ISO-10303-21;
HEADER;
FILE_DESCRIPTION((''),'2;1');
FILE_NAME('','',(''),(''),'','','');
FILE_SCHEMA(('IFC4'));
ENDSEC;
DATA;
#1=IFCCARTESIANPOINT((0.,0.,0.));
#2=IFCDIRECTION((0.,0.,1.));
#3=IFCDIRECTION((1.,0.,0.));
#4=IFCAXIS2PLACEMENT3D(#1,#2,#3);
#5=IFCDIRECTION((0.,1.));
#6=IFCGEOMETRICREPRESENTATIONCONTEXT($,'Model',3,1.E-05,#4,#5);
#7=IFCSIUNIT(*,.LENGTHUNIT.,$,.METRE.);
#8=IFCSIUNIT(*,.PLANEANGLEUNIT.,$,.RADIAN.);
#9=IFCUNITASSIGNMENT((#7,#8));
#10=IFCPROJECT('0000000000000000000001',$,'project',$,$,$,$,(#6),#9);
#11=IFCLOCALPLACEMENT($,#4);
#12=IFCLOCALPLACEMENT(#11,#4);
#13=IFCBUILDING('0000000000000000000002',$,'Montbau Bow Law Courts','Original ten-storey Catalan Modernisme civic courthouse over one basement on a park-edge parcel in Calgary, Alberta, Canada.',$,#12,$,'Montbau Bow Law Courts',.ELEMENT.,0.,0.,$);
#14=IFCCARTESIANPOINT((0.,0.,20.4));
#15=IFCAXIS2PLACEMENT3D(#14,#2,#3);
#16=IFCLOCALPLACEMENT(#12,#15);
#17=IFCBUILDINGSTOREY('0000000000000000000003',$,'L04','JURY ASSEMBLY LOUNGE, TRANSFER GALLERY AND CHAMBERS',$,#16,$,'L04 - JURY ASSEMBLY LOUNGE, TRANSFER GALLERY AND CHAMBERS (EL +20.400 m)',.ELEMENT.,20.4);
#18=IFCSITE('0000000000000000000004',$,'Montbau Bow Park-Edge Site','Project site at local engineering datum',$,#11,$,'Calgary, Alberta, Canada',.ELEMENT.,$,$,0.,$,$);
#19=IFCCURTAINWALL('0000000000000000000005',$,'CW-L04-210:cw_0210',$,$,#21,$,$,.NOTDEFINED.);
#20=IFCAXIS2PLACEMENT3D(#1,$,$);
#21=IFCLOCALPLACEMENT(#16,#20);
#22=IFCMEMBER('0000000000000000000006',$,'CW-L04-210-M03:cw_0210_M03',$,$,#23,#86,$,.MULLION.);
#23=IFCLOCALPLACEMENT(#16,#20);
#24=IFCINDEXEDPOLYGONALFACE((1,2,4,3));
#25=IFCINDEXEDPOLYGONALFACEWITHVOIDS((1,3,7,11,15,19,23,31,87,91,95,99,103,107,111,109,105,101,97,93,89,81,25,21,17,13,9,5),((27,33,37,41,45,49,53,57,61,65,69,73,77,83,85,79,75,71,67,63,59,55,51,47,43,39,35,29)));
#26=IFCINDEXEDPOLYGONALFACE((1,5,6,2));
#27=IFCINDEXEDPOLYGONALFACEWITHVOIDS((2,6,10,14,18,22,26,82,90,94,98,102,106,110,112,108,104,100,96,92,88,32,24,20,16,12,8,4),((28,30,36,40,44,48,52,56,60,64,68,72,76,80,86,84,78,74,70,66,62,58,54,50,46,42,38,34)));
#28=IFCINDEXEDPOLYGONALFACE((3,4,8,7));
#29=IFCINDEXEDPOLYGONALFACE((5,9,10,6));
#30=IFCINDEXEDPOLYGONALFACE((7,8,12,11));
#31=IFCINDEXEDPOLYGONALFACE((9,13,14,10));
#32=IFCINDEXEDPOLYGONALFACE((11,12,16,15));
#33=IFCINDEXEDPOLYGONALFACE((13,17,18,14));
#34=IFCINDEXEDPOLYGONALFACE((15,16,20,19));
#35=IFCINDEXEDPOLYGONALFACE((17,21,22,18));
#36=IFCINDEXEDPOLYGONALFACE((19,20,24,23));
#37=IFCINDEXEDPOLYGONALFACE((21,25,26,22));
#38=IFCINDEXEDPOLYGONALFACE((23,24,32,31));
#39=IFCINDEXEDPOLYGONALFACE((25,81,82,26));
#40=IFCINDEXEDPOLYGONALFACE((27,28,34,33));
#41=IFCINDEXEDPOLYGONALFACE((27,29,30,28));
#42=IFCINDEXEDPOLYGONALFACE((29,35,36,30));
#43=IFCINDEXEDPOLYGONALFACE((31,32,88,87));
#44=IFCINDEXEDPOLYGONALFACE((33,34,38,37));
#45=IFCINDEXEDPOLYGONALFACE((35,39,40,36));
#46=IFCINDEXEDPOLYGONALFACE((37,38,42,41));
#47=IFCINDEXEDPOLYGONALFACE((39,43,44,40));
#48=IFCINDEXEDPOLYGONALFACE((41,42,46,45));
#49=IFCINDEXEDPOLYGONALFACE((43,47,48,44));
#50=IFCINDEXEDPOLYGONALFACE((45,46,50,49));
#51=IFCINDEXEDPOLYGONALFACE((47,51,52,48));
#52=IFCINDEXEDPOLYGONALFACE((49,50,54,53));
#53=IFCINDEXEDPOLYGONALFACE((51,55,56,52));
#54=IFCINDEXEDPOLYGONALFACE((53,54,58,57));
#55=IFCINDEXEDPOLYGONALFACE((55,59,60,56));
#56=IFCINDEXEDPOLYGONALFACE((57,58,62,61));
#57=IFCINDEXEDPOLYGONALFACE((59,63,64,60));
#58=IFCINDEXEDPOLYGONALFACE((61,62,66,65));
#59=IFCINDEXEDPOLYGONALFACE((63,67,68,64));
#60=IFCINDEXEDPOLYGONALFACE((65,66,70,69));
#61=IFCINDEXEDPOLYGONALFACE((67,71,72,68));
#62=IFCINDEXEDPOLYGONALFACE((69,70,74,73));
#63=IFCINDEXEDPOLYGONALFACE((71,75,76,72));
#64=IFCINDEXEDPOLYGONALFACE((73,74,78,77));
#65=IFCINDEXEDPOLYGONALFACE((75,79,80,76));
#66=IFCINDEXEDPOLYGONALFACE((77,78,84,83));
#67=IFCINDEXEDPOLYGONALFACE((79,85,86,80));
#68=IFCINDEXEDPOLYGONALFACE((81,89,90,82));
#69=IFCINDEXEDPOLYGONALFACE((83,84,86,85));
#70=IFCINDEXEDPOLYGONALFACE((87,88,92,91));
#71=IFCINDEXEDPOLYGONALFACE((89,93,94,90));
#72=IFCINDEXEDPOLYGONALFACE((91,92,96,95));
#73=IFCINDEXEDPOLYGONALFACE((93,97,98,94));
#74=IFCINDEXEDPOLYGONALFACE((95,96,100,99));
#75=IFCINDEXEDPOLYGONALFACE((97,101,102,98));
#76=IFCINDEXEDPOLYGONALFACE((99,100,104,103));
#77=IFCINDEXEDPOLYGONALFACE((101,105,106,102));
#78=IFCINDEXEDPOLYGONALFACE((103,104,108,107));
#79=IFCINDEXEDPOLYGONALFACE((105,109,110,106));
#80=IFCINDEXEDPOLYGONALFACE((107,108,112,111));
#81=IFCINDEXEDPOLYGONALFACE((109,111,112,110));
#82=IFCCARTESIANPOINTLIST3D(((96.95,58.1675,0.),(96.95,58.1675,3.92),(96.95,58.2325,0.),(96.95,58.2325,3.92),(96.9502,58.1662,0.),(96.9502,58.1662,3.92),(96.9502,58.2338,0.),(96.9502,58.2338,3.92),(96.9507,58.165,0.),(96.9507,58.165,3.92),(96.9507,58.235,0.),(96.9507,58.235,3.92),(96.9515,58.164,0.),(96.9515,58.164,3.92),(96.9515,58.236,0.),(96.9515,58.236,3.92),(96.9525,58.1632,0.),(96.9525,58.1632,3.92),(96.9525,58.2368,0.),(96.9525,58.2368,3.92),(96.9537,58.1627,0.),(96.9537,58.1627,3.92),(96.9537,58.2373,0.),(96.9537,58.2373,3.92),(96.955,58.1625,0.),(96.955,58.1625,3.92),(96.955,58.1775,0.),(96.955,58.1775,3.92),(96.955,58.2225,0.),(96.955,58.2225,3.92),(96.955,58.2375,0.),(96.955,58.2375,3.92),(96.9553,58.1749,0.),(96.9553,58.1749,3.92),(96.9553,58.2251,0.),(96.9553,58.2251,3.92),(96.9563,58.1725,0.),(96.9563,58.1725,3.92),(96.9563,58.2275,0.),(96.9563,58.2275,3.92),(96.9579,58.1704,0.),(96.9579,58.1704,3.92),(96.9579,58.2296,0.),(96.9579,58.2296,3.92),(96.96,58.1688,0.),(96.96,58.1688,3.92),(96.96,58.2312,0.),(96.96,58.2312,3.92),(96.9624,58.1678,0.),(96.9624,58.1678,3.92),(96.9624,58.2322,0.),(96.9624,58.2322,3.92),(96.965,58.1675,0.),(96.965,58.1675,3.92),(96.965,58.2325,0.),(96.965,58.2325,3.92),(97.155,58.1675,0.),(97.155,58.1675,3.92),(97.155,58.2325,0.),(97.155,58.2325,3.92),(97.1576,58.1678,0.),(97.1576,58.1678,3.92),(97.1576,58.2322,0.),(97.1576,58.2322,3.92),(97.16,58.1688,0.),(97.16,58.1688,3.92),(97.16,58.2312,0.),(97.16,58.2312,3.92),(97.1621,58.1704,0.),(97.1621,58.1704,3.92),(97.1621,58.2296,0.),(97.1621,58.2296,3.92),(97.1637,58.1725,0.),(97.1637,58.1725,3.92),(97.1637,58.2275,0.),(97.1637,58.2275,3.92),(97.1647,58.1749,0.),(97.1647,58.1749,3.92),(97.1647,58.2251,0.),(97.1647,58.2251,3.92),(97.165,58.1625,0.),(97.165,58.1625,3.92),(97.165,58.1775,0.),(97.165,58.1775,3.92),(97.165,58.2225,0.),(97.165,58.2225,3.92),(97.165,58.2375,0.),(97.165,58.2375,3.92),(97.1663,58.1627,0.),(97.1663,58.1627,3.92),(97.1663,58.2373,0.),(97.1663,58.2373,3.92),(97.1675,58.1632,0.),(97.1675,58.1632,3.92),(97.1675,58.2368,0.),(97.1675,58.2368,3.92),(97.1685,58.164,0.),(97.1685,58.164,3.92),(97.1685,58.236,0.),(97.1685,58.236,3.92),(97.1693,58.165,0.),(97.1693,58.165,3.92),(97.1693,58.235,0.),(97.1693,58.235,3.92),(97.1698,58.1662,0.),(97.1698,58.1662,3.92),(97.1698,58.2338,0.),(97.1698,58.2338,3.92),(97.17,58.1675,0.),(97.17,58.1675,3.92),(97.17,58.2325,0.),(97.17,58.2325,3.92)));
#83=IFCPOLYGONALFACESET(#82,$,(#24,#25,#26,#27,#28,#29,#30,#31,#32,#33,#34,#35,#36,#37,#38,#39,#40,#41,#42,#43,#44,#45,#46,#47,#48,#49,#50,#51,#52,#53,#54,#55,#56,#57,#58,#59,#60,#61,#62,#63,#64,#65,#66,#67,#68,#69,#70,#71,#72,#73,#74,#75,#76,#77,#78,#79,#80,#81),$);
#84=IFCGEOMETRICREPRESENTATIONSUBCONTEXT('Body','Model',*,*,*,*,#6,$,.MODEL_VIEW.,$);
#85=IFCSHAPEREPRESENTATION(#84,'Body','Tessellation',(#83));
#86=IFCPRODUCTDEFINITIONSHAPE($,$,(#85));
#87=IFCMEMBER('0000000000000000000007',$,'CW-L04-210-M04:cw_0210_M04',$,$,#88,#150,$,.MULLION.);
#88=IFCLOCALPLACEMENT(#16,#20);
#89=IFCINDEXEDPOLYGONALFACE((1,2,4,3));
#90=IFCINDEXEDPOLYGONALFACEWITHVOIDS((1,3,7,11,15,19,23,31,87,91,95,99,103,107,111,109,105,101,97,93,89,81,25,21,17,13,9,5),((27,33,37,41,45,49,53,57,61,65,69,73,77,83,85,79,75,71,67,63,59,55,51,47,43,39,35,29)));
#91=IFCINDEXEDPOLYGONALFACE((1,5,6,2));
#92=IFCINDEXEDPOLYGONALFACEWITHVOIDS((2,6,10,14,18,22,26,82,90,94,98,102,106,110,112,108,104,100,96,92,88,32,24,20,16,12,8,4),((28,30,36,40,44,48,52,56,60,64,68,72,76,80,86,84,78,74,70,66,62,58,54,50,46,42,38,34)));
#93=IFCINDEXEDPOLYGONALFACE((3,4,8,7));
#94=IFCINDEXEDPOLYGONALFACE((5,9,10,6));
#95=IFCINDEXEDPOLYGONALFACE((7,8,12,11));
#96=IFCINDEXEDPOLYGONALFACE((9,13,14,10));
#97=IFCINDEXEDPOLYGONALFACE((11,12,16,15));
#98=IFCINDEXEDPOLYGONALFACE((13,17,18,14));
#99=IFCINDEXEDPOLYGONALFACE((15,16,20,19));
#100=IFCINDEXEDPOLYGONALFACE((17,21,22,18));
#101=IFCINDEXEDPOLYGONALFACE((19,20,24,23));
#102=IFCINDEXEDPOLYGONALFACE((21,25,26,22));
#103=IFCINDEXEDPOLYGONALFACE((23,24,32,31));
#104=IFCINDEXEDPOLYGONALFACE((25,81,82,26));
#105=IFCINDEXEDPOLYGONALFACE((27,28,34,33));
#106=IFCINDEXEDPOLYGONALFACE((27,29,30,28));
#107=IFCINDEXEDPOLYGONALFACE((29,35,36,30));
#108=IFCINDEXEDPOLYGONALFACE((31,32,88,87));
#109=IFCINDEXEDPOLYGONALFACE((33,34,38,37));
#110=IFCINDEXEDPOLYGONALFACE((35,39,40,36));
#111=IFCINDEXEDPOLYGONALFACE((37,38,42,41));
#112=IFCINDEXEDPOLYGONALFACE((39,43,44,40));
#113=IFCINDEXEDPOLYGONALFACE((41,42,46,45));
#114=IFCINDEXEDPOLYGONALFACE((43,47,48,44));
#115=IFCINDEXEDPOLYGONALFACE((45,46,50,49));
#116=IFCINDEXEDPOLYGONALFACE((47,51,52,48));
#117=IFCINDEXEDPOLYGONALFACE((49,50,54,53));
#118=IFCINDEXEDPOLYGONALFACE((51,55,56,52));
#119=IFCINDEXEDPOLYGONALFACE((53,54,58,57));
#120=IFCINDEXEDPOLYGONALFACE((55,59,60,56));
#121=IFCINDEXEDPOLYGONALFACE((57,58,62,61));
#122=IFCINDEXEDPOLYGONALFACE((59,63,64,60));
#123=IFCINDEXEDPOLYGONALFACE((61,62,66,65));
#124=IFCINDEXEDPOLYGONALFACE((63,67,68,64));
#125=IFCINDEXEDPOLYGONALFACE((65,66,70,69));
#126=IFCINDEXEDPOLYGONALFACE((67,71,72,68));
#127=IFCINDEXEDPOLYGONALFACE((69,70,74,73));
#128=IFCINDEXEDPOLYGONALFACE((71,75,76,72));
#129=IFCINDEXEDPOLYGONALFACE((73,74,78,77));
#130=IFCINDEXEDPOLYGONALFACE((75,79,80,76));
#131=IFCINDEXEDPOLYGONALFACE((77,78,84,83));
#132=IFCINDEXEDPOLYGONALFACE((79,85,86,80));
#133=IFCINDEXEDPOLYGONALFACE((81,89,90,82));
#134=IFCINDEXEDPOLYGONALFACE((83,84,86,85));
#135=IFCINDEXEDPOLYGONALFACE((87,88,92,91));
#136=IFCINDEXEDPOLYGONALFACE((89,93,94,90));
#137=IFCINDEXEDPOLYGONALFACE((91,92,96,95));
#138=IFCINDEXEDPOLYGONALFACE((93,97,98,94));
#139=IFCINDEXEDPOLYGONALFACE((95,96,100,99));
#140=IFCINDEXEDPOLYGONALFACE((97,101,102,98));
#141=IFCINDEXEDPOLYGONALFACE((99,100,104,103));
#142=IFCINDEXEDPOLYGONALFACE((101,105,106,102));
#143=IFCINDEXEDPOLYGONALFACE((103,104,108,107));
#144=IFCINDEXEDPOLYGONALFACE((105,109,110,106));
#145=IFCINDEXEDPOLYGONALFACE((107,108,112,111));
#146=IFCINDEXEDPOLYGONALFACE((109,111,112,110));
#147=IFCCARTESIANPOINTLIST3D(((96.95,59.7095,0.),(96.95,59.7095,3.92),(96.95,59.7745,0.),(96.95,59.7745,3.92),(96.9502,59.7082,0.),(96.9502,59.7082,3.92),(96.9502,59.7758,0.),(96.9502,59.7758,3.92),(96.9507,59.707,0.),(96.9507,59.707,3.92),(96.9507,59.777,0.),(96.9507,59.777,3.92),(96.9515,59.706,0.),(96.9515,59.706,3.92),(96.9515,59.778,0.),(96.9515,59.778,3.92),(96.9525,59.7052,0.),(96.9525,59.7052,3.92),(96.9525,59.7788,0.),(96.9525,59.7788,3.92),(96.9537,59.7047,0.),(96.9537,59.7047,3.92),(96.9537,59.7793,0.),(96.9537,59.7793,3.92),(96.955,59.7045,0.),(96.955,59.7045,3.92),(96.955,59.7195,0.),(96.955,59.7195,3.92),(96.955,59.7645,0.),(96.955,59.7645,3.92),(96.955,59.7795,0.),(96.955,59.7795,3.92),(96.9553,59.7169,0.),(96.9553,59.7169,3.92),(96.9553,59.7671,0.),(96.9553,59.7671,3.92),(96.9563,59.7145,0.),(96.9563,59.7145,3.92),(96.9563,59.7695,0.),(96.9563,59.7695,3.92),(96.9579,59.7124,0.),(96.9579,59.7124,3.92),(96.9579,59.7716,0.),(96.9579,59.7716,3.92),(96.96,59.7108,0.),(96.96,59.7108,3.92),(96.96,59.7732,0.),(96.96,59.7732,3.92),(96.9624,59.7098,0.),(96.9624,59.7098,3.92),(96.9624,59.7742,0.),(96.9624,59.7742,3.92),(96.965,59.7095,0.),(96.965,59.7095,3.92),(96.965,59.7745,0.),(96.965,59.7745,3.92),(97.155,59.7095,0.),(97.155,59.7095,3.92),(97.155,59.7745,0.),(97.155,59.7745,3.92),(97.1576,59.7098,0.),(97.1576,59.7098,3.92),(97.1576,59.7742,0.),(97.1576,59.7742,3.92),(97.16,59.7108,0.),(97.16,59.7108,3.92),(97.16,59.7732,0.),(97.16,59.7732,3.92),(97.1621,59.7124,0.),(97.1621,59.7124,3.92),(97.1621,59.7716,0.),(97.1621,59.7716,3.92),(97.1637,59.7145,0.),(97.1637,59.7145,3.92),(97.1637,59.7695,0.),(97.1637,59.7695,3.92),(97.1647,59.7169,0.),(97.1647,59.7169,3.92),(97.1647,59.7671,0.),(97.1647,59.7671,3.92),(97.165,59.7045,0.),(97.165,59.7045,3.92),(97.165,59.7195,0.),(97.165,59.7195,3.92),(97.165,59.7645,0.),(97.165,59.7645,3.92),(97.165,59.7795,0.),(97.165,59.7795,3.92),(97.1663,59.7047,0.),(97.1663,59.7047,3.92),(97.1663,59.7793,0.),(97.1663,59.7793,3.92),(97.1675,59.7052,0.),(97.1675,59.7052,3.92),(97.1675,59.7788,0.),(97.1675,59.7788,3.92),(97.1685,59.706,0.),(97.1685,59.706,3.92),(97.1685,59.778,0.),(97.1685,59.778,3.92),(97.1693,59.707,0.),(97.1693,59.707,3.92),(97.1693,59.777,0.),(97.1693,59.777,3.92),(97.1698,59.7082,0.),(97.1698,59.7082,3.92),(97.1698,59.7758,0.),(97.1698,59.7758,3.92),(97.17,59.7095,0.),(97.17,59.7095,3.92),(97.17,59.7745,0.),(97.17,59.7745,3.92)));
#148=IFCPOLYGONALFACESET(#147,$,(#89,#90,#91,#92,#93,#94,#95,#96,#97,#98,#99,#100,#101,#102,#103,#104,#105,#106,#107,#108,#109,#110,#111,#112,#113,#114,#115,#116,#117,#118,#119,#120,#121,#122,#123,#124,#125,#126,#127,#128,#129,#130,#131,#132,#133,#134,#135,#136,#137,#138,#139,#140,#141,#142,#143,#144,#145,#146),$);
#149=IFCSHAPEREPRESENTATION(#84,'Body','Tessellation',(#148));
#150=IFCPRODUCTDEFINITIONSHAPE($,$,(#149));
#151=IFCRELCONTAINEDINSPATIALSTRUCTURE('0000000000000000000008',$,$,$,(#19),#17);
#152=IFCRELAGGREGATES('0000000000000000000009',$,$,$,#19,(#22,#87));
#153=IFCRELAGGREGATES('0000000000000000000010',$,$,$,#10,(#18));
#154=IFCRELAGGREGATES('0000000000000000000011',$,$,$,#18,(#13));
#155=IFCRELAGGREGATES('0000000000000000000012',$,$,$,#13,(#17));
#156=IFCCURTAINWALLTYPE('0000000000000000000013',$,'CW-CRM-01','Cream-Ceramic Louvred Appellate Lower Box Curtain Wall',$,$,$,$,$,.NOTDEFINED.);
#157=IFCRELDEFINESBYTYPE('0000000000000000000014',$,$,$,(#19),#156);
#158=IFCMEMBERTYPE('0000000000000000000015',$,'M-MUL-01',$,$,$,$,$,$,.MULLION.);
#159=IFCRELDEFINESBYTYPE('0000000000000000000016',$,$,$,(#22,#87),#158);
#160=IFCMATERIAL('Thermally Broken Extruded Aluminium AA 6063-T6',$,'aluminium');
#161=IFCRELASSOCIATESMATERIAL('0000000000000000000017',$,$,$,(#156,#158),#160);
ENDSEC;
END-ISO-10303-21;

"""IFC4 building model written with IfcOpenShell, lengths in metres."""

from ifc_helpers import new_model, si_unit, direction, frame, origin_with_axes, origin_2d_with_axis, place, context, subcontext, project, spatial, hollow_rectangle, extrude, material, material_profile, profile_set, type_object, element, aggregate, save


model = new_model("IFC4")

# Units and contexts
model_context = context("Model", 3, precision=1e-05, world=origin_with_axes(), true_north=direction((0.0, 1.0)))
body_context = subcontext(model_context, "Body", "Model", "MODEL_VIEW")
ifc_project = project(units=[si_unit("LENGTHUNIT", "METRE"), si_unit("PLANEANGLEUNIT", "RADIAN")], contexts=[model_context])

# Site, building, storey
site_placement = place(None, origin_with_axes())
site = spatial("IfcSite", under=ifc_project, at=site_placement, Name="Montbau Bow Park-Edge Site", Description="Project site at local engineering datum", LongName="Calgary, Alberta, Canada", CompositionType="ELEMENT", RefElevation=0.0)
building_placement = place(site_placement, origin_with_axes())
building = spatial("IfcBuilding", under=site, at=building_placement, Name="Montbau Bow Law Courts", Description="Original ten-storey Catalan Modernisme civic courthouse over one basement on a park-edge parcel in Calgary, Alberta, Canada.", LongName="Montbau Bow Law Courts", CompositionType="ELEMENT", ElevationOfRefHeight=0.0, ElevationOfTerrain=0.0)
storey_placement = place(building_placement, frame((0.0, 0.0, 20.4), z_axis=(0.0, 0.0, 1.0), x_axis=(1.0, 0.0, 0.0)))
storey = spatial("IfcBuildingStorey", under=building, at=storey_placement, Name="L04", Description="JURY ASSEMBLY LOUNGE, TRANSFER GALLERY AND CHAMBERS", LongName="L04 - JURY ASSEMBLY LOUNGE, TRANSFER GALLERY AND CHAMBERS (EL +20.400 m)", CompositionType="ELEMENT", Elevation=20.4)

# Curtain wall, members
ifc_material_1 = material(Name="Thermally Broken Extruded Aluminium AA 6063-T6", Category="aluminium")
curtain_wall_type = type_object("IfcCurtainWallType", Name="CW-CRM-01", Description="Cream-Ceramic Louvred Appellate Lower Box Curtain Wall", PredefinedType="NOTDEFINED", material=ifc_material_1)
curtain_wall_1_placement = place(None, frame((97.06, 55.115, 20.4), z_axis=(0.0, 0.0, 1.0), x_axis=(1.0, 0.0, 0.0)))
curtain_wall_1 = element("IfcCurtainWall", 1, at=curtain_wall_1_placement, inside=storey, type_object=curtain_wall_type, Name="CW-L04-210:cw_0210", PredefinedType="NOTDEFINED")
ifc_material_profile_1 = material_profile(ifc_material_1, hollow_rectangle(XDim=0.075, YDim=0.22, WallThickness=0.005, InnerFilletRadius=0.01, OuterFilletRadius=0.005, at=origin_2d_with_axis()), Name="CWM-220X75", Category="Main", Priority=0)
ifc_profile_set_1 = profile_set([ifc_material_profile_1], Name="Thermally Broken Extruded Aluminium AA 6063-T6")
member_type_1 = type_object("IfcMemberType", Name="M-MUL-01", PredefinedType="MULLION", material=ifc_profile_set_1)
member_1_placement = place(None, frame((97.06, 58.2, 20.4), z_axis=(0.0, 0.0, 1.0), x_axis=(0.0, 1.0, 0.0)))
member_1 = element("IfcMember", 2, at=member_1_placement, type_object=member_type_1, Name="CW-L04-210-M03:cw_0210_M03", PredefinedType="MULLION", context=body_context, shape_type="SweptSolid", body=[
    extrude(hollow_rectangle(XDim=0.075, YDim=0.22, WallThickness=0.005, InnerFilletRadius=0.01, OuterFilletRadius=0.005, at=origin_2d_with_axis()), origin_with_axes(), (0.0, 0.0, 1.0), 3.92),
])
member_2_placement = place(None, frame((97.06, 59.742, 20.4), z_axis=(0.0, 0.0, 1.0), x_axis=(0.0, 1.0, 0.0)))
member_2 = element("IfcMember", 3, at=member_2_placement, type_object=member_type_1, Name="CW-L04-210-M04:cw_0210_M04", PredefinedType="MULLION", context=body_context, shape_type="SweptSolid", body=[
    extrude(hollow_rectangle(XDim=0.075, YDim=0.22, WallThickness=0.005, InnerFilletRadius=0.01, OuterFilletRadius=0.005, at=origin_2d_with_axis()), origin_with_axes(), (0.0, 0.0, 1.0), 3.92),
])

aggregate(curtain_wall_1, [member_1, member_2])

save(model, "model.ifc")
